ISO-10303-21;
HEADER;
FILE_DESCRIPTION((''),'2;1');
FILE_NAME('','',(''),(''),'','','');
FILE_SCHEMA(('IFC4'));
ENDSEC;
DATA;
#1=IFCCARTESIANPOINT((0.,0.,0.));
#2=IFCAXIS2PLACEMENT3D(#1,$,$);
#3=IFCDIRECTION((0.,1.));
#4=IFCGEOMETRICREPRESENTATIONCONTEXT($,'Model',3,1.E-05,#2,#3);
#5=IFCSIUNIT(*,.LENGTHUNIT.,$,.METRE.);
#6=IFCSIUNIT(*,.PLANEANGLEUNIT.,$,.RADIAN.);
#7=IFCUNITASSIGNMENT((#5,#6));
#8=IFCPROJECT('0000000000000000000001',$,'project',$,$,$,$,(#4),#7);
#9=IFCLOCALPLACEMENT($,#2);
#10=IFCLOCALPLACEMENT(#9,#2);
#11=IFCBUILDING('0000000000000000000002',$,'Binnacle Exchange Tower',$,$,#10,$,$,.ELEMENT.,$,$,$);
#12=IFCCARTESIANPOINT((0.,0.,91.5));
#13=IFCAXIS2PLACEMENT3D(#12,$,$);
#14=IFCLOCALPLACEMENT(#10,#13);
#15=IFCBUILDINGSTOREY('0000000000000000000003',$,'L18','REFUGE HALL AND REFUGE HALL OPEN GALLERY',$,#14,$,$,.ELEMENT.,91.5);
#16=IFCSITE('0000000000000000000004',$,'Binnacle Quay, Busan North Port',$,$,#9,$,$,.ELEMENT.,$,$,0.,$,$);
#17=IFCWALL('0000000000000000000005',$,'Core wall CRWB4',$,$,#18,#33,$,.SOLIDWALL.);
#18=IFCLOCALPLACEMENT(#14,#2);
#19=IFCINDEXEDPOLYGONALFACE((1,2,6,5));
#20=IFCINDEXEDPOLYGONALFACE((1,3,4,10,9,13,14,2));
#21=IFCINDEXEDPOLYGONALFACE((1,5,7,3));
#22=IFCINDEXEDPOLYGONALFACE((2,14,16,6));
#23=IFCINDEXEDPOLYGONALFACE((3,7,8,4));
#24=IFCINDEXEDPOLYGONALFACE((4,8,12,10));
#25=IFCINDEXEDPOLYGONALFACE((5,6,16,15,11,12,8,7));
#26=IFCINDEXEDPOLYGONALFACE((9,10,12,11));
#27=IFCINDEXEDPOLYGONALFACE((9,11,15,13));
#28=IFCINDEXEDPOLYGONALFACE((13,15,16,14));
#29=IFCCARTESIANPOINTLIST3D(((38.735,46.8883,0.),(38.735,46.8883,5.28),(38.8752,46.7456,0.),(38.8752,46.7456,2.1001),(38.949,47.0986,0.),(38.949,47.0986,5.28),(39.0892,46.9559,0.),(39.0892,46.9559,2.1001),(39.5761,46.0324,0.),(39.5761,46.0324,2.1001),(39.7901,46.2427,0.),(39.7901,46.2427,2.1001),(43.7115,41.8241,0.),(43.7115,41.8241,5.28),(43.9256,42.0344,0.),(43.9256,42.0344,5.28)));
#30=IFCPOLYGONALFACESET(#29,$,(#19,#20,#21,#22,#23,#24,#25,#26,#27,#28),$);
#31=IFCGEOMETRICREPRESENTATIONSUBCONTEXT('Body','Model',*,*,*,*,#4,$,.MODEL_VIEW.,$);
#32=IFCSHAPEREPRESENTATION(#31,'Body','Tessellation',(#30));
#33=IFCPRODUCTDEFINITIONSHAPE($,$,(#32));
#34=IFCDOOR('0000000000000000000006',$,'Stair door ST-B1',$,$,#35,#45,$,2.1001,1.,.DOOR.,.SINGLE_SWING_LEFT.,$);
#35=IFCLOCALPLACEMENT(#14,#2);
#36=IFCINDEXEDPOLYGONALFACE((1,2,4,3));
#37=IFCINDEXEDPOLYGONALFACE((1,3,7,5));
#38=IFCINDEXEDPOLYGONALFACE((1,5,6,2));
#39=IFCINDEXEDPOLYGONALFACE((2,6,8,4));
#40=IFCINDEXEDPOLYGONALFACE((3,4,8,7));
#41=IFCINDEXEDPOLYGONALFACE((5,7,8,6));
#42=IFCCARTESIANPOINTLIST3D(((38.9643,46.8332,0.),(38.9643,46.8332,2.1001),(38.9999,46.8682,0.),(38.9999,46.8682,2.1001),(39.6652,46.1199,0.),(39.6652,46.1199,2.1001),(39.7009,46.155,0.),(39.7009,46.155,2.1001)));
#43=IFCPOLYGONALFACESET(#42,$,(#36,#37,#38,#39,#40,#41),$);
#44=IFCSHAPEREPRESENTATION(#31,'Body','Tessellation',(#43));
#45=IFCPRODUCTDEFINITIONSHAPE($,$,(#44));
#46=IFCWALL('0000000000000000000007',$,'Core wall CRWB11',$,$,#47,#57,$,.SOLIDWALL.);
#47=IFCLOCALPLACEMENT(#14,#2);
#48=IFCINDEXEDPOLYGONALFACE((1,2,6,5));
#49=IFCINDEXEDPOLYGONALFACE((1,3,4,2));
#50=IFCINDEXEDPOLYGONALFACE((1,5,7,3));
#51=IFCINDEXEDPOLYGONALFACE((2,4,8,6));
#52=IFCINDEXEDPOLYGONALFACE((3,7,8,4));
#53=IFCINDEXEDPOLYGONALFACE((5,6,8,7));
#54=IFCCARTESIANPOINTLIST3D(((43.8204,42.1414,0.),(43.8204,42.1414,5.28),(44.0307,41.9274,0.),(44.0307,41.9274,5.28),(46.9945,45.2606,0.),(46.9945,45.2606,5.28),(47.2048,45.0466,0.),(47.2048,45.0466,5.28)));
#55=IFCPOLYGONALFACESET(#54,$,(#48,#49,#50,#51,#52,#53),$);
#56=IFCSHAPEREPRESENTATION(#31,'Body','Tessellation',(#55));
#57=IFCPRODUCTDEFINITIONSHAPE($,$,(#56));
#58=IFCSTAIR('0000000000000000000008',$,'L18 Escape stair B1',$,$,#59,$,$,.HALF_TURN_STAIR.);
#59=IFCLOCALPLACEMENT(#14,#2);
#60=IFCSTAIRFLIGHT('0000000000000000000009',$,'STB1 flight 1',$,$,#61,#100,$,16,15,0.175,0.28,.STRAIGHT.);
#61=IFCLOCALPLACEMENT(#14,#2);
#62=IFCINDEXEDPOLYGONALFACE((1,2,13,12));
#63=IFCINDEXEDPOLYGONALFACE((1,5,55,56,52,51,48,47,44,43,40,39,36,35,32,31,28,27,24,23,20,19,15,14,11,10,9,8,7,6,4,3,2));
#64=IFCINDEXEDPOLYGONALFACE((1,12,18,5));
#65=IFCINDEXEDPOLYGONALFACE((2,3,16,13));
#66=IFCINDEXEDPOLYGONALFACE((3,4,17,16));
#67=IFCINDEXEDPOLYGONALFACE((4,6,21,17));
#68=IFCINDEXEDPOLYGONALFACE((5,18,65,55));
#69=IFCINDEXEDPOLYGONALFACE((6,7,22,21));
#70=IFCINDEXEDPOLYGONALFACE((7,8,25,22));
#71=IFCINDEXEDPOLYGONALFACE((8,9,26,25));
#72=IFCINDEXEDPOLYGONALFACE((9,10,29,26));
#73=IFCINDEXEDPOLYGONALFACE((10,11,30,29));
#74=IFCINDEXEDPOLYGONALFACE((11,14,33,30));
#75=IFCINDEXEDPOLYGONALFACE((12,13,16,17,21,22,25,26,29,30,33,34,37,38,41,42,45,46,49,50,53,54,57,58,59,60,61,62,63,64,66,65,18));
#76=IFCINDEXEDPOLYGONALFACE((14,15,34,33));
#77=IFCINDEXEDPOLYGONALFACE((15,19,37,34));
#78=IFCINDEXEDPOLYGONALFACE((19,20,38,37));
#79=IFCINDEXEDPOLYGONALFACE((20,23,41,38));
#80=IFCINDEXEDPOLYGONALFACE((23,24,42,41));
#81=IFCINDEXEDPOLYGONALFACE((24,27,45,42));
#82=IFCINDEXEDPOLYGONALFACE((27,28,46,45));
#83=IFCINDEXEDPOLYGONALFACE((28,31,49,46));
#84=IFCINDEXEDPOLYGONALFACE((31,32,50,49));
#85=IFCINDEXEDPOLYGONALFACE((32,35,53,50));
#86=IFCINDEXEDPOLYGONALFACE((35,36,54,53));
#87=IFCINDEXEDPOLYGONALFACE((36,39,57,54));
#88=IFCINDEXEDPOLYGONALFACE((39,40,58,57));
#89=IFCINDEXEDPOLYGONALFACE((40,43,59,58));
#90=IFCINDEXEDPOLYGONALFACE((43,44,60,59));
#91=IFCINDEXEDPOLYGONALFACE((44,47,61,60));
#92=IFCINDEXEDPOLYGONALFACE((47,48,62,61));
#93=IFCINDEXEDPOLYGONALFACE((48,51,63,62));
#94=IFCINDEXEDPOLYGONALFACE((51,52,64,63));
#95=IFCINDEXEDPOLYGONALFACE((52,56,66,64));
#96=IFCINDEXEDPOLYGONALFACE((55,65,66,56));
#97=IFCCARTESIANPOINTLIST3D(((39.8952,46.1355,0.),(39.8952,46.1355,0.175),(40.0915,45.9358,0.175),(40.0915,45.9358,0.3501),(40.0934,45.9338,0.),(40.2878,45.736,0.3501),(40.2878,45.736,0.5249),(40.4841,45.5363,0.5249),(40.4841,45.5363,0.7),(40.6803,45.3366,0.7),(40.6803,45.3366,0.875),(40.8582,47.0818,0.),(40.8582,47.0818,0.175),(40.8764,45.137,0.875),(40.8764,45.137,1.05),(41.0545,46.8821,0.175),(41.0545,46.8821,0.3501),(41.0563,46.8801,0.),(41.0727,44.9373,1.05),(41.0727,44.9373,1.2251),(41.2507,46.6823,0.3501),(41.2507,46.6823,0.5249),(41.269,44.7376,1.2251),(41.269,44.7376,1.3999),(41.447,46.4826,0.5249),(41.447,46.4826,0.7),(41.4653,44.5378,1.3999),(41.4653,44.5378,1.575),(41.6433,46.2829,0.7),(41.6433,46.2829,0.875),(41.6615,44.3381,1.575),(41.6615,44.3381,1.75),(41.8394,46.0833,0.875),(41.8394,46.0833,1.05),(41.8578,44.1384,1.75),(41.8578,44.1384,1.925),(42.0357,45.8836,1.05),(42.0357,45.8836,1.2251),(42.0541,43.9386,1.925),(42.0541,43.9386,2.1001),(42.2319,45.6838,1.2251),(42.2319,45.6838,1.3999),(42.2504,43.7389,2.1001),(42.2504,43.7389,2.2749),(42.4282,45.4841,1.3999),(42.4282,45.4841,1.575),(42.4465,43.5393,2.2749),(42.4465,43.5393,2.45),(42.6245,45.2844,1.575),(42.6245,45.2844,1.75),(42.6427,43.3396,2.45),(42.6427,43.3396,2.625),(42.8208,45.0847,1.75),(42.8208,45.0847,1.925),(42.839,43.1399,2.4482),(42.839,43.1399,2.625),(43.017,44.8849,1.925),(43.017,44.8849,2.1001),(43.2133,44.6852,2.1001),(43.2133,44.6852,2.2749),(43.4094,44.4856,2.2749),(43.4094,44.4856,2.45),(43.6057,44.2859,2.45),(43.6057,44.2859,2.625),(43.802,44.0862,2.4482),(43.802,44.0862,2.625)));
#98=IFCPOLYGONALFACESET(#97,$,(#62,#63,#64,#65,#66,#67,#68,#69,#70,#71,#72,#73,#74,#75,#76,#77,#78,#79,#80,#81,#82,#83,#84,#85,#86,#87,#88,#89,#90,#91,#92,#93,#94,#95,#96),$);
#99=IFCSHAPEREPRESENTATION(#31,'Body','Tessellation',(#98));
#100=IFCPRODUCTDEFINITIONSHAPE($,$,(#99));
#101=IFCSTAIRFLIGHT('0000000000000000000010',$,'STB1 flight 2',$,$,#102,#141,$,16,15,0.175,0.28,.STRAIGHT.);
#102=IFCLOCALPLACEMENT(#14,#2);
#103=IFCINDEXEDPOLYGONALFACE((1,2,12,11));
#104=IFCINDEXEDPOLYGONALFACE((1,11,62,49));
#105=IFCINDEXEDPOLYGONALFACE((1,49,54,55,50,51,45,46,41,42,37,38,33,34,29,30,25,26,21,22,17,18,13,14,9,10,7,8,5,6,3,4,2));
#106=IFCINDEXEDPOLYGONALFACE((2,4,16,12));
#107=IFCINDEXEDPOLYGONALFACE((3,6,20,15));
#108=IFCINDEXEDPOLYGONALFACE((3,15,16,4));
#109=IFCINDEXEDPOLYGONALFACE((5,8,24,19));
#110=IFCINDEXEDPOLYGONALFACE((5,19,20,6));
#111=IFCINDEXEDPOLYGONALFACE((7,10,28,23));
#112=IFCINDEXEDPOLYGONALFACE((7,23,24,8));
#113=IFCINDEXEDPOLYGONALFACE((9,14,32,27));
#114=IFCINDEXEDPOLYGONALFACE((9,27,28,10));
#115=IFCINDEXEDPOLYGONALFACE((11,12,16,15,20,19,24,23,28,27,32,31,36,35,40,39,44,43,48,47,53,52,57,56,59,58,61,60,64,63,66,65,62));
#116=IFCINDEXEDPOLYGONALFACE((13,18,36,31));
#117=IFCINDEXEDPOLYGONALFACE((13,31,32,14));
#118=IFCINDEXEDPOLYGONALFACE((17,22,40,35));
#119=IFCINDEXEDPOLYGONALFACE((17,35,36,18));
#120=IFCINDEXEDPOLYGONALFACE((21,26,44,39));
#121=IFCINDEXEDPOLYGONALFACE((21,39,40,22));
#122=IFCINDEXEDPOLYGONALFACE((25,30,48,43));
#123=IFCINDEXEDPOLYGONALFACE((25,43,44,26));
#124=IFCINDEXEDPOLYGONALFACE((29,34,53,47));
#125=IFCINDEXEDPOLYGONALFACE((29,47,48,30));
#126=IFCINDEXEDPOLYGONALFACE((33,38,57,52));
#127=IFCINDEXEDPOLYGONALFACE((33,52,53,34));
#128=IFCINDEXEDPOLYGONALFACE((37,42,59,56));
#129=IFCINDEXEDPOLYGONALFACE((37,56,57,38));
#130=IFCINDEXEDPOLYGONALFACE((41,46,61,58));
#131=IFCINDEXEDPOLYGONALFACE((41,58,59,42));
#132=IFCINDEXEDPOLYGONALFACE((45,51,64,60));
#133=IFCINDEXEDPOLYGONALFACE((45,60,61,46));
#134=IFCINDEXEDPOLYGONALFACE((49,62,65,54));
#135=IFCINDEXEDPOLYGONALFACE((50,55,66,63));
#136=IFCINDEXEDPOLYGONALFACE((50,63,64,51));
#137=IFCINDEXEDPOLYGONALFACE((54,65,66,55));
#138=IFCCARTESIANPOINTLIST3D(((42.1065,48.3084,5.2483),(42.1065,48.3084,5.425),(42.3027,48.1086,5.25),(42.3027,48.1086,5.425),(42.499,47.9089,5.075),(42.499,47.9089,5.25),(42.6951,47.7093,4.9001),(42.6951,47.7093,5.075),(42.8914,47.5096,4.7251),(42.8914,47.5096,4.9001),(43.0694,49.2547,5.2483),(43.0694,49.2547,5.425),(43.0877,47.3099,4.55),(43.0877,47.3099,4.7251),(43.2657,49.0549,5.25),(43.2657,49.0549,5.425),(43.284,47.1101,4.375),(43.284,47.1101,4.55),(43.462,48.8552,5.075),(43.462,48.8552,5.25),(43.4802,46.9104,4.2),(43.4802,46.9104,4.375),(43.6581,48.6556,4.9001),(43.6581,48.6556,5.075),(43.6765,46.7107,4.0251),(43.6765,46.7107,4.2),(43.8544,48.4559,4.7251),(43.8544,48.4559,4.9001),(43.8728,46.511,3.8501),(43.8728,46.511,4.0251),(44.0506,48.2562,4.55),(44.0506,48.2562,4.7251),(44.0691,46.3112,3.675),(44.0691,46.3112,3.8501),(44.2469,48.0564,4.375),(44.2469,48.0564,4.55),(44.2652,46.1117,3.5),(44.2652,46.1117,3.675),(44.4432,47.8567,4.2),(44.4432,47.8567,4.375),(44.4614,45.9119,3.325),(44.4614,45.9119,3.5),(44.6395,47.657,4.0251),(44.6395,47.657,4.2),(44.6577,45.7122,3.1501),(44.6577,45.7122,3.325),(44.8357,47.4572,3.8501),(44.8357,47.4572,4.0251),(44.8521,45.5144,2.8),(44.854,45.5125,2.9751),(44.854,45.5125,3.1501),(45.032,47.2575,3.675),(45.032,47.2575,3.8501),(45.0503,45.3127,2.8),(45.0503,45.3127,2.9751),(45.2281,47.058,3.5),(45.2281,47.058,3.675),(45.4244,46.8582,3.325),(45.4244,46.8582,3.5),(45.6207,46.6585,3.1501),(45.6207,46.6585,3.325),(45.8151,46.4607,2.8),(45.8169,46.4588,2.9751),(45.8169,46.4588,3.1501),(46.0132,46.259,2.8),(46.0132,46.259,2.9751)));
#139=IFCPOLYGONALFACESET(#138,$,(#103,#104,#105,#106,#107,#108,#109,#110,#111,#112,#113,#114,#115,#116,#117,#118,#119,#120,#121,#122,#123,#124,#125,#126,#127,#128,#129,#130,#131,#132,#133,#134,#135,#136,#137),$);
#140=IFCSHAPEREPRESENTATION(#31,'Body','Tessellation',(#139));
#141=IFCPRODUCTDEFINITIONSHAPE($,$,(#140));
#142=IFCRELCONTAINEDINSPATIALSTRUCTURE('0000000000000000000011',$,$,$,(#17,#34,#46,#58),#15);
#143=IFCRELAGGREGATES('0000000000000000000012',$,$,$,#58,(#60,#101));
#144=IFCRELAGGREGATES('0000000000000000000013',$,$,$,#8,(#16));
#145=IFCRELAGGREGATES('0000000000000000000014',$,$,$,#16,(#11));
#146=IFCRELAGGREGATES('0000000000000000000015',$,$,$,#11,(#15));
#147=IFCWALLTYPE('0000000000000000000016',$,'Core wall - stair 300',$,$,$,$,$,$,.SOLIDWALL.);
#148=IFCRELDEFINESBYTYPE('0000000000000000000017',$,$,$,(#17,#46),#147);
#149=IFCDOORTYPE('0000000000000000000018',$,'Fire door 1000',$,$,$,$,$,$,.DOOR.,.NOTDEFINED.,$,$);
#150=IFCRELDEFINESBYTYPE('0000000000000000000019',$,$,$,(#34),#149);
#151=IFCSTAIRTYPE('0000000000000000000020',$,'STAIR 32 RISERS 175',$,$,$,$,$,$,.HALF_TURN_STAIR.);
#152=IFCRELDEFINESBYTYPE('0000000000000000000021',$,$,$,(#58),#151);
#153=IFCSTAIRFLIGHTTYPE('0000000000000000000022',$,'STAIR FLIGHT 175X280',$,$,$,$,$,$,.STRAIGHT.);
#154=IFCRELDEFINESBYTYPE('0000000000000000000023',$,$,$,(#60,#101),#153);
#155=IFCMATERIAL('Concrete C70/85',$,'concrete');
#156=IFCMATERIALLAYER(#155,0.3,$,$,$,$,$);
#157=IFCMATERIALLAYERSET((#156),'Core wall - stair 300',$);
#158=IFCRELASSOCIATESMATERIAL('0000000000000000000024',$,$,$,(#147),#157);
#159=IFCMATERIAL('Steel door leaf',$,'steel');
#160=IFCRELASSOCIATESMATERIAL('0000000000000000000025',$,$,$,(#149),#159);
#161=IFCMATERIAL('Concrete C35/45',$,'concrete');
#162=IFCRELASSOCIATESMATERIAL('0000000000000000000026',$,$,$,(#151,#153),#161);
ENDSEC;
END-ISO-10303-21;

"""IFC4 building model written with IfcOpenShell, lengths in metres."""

from ifc_helpers import new_model, si_unit, direction, frame, frame_2d, origin, place, context, subcontext, project, spatial, polyline, rectangle, outline, extrude, material, layer, layer_set, type_object, element, fill, aggregate, save


model = new_model("IFC4")

# Units and contexts
model_context = context("Model", 3, precision=1e-05, world=origin(), true_north=direction((0.0, 1.0)))
body_context = subcontext(model_context, "Body", "Model", "MODEL_VIEW")
ifc_project = project(units=[si_unit("LENGTHUNIT", "METRE"), si_unit("PLANEANGLEUNIT", "RADIAN")], contexts=[model_context])

# Site, building, storey
site_placement = place(None, origin())
site = spatial("IfcSite", under=ifc_project, at=site_placement, Name="Binnacle Quay, Busan North Port", CompositionType="ELEMENT", RefElevation=0.0)
building_placement = place(site_placement, origin())
building = spatial("IfcBuilding", under=site, at=building_placement, Name="Binnacle Exchange Tower", CompositionType="ELEMENT")
storey_placement = place(building_placement, frame((0.0, 0.0, 91.5)))
storey = spatial("IfcBuildingStorey", under=building, at=storey_placement, Name="L18", Description="REFUGE HALL AND REFUGE HALL OPEN GALLERY", CompositionType="ELEMENT", Elevation=91.5)

# Shared definitions
ifc_material_1 = material(Name="Concrete C70/85", Category="concrete")

# Shared definitions
ifc_material_2 = material(Name="Steel door leaf", Category="steel")

# Wall, opening, door
ifc_layer_1 = layer(ifc_material_1, 0.3)
ifc_layer_set_1 = layer_set([ifc_layer_1], Name="Core wall - stair 300")
wall_type_1 = type_object("IfcWallType", Name="Core wall - stair 300", PredefinedType="SOLIDWALL", material=ifc_layer_set_1)
wall_1_placement = place(storey_placement, frame((38.842, 46.9934, 0.0), z_axis=(0.0, 0.0, 1.0), x_axis=(0.700908, -0.713252, 0.0)))
wall_1 = element("IfcWall", 1, at=wall_1_placement, inside=storey, type_object=wall_type_1, Name="Core wall CRWB4", PredefinedType="SOLIDWALL", context=body_context, shape_type="SweptSolid", body=[
    extrude(rectangle(XDim=7.1001, YDim=0.3, at=frame_2d((3.55, 0.0))), origin(), (0.0, 0.0, 1.0), 5.28),
])
opening_1_placement = place(wall_1_placement, frame((0.2, 0.0, 0.0)))
opening_1 = element("IfcOpeningElement", 2, at=opening_1_placement, cuts=wall_1, PredefinedType="OPENING", context=body_context, shape_type="SweptSolid", body=[
    extrude(rectangle(XDim=1.0, YDim=2.1001, at=frame_2d((0.5, 1.05))), frame((0.0, 0.1599, 0.0), z_axis=(0.0, -1.0, 0.0), x_axis=(1.0, 0.0, 0.0)), (0.0, 0.0, 1.0), 0.3201),
])
door_type_1 = type_object("IfcDoorType", Name="Fire door 1000", OperationType="NOTDEFINED", PredefinedType="DOOR", material=ifc_material_2)
door_1_placement = place(opening_1_placement, origin())
door_1 = element("IfcDoor", 3, at=door_1_placement, inside=storey, type_object=door_type_1, Name="Stair door ST-B1", OperationType="SINGLE_SWING_LEFT", OverallHeight=2.1001, OverallWidth=1.0, PredefinedType="DOOR", context=body_context, shape_type="SweptSolid", body=[
    extrude(rectangle(XDim=1.0, YDim=2.1001, at=frame_2d((0.5, 1.05))), frame((0.0, 0.0249, 0.0), z_axis=(0.0, -1.0, 0.0), x_axis=(1.0, 0.0, 0.0)), (0.0, 0.0, 1.0), 0.05),
])
fill(opening_1, door_1)

# Wall
wall_2_placement = place(storey_placement, frame((43.9255, 42.0344, 0.0), z_axis=(0.0, 0.0, 1.0), x_axis=(0.713252, 0.700908, 0.0)))
element("IfcWall", 4, at=wall_2_placement, inside=storey, type_object=wall_type_1, Name="Core wall CRWB11", PredefinedType="SOLIDWALL", context=body_context, shape_type="SweptSolid", body=[
    extrude(rectangle(XDim=4.4502, YDim=0.3, at=frame_2d((2.2251, 0.0))), origin(), (0.0, 0.0, 1.0), 5.28),
])

# Stair, stair flights
ifc_material_3 = material(Name="Concrete C35/45", Category="concrete")
stair_type = type_object("IfcStairType", Name="STAIR 32 RISERS 175", PredefinedType="HALF_TURN_STAIR", material=ifc_material_3)
stair_placement = place(storey_placement, origin())
stair = element("IfcStair", 5, at=stair_placement, inside=storey, type_object=stair_type, Name="L18 Escape stair B1", PredefinedType="HALF_TURN_STAIR")
stair_flight_type = type_object("IfcStairFlightType", Name="STAIR FLIGHT 175X280", PredefinedType="STRAIGHT", material=ifc_material_3)
stair_flight_1_placement = place(storey_placement, frame((40.3767, 46.6086, 0.0), z_axis=(0.0, 0.0, 1.0), x_axis=(0.700909, -0.71325, 0.0)))
stair_flight_1 = element("IfcStairFlight", 6, at=stair_flight_1_placement, type_object=stair_flight_type, Name="STB1 flight 1", NumberOfRisers=16, NumberOfTreads=15, PredefinedType="STRAIGHT", RiserHeight=0.175, TreadLength=0.28, context=body_context, shape_type="SweptSolid", body=[
    extrude(outline(polyline([(0.0, 0.0), (0.0, 0.175), (0.28, 0.175), (0.28, 0.3501), (0.5601, 0.3501), (0.5601, 0.5249), (0.8401, 0.5249), (0.8401, 0.7), (1.1201, 0.7), (1.1201, 0.875), (1.3999, 0.875), (1.3999, 1.05), (1.6799, 1.05), (1.6799, 1.2251), (1.96, 1.2251), (1.96, 1.3999), (2.24, 1.3999), (2.24, 1.575), (2.52, 1.575), (2.52, 1.75), (2.8, 1.75), (2.8, 1.925), (3.0801, 1.925), (3.0801, 2.1001), (3.3601, 2.1001), (3.3601, 2.2749), (3.6399, 2.2749), (3.6399, 2.45), (3.9199, 2.45), (3.9199, 2.625), (4.2, 2.625), (4.2, 2.8), (4.2, 2.4482), (0.2827, 0.0), (0.0, 0.0)])), frame((0.0, 0.675, 0.0), z_axis=(0.0, -1.0, 0.0), x_axis=(1.0, 0.0, 0.0)), (0.0, 0.0, 1.0), 1.3501),
])
stair_flight_2_placement = place(storey_placement, frame((45.5317, 45.7859, 2.8), z_axis=(0.0, 0.0, 1.0), x_axis=(-0.700909, 0.71325, 0.0)))
stair_flight_2 = element("IfcStairFlight", 7, at=stair_flight_2_placement, type_object=stair_flight_type, Name="STB1 flight 2", NumberOfRisers=16, NumberOfTreads=15, PredefinedType="STRAIGHT", RiserHeight=0.175, TreadLength=0.28, context=body_context, shape_type="SweptSolid", body=[
    extrude(outline(polyline([(0.0, 0.0), (0.0, 0.175), (0.28, 0.175), (0.28, 0.3501), (0.5601, 0.3501), (0.5601, 0.5249), (0.8401, 0.5249), (0.8401, 0.7), (1.1201, 0.7), (1.1201, 0.875), (1.3999, 0.875), (1.3999, 1.05), (1.6799, 1.05), (1.6799, 1.2251), (1.96, 1.2251), (1.96, 1.3999), (2.24, 1.3999), (2.24, 1.575), (2.52, 1.575), (2.52, 1.75), (2.8, 1.75), (2.8, 1.925), (3.0801, 1.925), (3.0801, 2.1001), (3.3601, 2.1001), (3.3601, 2.2749), (3.6399, 2.2749), (3.6399, 2.45), (3.9199, 2.45), (3.9199, 2.625), (4.2, 2.625), (4.2, 2.8), (4.2, 2.4482), (0.2827, 0.0), (0.0, 0.0)])), frame((0.0, 0.675, 0.0), z_axis=(0.0, -1.0, 0.0), x_axis=(1.0, 0.0, 0.0)), (0.0, 0.0, 1.0), 1.3501),
])
aggregate(stair, [stair_flight_1, stair_flight_2])

save(model, "model.ifc")
